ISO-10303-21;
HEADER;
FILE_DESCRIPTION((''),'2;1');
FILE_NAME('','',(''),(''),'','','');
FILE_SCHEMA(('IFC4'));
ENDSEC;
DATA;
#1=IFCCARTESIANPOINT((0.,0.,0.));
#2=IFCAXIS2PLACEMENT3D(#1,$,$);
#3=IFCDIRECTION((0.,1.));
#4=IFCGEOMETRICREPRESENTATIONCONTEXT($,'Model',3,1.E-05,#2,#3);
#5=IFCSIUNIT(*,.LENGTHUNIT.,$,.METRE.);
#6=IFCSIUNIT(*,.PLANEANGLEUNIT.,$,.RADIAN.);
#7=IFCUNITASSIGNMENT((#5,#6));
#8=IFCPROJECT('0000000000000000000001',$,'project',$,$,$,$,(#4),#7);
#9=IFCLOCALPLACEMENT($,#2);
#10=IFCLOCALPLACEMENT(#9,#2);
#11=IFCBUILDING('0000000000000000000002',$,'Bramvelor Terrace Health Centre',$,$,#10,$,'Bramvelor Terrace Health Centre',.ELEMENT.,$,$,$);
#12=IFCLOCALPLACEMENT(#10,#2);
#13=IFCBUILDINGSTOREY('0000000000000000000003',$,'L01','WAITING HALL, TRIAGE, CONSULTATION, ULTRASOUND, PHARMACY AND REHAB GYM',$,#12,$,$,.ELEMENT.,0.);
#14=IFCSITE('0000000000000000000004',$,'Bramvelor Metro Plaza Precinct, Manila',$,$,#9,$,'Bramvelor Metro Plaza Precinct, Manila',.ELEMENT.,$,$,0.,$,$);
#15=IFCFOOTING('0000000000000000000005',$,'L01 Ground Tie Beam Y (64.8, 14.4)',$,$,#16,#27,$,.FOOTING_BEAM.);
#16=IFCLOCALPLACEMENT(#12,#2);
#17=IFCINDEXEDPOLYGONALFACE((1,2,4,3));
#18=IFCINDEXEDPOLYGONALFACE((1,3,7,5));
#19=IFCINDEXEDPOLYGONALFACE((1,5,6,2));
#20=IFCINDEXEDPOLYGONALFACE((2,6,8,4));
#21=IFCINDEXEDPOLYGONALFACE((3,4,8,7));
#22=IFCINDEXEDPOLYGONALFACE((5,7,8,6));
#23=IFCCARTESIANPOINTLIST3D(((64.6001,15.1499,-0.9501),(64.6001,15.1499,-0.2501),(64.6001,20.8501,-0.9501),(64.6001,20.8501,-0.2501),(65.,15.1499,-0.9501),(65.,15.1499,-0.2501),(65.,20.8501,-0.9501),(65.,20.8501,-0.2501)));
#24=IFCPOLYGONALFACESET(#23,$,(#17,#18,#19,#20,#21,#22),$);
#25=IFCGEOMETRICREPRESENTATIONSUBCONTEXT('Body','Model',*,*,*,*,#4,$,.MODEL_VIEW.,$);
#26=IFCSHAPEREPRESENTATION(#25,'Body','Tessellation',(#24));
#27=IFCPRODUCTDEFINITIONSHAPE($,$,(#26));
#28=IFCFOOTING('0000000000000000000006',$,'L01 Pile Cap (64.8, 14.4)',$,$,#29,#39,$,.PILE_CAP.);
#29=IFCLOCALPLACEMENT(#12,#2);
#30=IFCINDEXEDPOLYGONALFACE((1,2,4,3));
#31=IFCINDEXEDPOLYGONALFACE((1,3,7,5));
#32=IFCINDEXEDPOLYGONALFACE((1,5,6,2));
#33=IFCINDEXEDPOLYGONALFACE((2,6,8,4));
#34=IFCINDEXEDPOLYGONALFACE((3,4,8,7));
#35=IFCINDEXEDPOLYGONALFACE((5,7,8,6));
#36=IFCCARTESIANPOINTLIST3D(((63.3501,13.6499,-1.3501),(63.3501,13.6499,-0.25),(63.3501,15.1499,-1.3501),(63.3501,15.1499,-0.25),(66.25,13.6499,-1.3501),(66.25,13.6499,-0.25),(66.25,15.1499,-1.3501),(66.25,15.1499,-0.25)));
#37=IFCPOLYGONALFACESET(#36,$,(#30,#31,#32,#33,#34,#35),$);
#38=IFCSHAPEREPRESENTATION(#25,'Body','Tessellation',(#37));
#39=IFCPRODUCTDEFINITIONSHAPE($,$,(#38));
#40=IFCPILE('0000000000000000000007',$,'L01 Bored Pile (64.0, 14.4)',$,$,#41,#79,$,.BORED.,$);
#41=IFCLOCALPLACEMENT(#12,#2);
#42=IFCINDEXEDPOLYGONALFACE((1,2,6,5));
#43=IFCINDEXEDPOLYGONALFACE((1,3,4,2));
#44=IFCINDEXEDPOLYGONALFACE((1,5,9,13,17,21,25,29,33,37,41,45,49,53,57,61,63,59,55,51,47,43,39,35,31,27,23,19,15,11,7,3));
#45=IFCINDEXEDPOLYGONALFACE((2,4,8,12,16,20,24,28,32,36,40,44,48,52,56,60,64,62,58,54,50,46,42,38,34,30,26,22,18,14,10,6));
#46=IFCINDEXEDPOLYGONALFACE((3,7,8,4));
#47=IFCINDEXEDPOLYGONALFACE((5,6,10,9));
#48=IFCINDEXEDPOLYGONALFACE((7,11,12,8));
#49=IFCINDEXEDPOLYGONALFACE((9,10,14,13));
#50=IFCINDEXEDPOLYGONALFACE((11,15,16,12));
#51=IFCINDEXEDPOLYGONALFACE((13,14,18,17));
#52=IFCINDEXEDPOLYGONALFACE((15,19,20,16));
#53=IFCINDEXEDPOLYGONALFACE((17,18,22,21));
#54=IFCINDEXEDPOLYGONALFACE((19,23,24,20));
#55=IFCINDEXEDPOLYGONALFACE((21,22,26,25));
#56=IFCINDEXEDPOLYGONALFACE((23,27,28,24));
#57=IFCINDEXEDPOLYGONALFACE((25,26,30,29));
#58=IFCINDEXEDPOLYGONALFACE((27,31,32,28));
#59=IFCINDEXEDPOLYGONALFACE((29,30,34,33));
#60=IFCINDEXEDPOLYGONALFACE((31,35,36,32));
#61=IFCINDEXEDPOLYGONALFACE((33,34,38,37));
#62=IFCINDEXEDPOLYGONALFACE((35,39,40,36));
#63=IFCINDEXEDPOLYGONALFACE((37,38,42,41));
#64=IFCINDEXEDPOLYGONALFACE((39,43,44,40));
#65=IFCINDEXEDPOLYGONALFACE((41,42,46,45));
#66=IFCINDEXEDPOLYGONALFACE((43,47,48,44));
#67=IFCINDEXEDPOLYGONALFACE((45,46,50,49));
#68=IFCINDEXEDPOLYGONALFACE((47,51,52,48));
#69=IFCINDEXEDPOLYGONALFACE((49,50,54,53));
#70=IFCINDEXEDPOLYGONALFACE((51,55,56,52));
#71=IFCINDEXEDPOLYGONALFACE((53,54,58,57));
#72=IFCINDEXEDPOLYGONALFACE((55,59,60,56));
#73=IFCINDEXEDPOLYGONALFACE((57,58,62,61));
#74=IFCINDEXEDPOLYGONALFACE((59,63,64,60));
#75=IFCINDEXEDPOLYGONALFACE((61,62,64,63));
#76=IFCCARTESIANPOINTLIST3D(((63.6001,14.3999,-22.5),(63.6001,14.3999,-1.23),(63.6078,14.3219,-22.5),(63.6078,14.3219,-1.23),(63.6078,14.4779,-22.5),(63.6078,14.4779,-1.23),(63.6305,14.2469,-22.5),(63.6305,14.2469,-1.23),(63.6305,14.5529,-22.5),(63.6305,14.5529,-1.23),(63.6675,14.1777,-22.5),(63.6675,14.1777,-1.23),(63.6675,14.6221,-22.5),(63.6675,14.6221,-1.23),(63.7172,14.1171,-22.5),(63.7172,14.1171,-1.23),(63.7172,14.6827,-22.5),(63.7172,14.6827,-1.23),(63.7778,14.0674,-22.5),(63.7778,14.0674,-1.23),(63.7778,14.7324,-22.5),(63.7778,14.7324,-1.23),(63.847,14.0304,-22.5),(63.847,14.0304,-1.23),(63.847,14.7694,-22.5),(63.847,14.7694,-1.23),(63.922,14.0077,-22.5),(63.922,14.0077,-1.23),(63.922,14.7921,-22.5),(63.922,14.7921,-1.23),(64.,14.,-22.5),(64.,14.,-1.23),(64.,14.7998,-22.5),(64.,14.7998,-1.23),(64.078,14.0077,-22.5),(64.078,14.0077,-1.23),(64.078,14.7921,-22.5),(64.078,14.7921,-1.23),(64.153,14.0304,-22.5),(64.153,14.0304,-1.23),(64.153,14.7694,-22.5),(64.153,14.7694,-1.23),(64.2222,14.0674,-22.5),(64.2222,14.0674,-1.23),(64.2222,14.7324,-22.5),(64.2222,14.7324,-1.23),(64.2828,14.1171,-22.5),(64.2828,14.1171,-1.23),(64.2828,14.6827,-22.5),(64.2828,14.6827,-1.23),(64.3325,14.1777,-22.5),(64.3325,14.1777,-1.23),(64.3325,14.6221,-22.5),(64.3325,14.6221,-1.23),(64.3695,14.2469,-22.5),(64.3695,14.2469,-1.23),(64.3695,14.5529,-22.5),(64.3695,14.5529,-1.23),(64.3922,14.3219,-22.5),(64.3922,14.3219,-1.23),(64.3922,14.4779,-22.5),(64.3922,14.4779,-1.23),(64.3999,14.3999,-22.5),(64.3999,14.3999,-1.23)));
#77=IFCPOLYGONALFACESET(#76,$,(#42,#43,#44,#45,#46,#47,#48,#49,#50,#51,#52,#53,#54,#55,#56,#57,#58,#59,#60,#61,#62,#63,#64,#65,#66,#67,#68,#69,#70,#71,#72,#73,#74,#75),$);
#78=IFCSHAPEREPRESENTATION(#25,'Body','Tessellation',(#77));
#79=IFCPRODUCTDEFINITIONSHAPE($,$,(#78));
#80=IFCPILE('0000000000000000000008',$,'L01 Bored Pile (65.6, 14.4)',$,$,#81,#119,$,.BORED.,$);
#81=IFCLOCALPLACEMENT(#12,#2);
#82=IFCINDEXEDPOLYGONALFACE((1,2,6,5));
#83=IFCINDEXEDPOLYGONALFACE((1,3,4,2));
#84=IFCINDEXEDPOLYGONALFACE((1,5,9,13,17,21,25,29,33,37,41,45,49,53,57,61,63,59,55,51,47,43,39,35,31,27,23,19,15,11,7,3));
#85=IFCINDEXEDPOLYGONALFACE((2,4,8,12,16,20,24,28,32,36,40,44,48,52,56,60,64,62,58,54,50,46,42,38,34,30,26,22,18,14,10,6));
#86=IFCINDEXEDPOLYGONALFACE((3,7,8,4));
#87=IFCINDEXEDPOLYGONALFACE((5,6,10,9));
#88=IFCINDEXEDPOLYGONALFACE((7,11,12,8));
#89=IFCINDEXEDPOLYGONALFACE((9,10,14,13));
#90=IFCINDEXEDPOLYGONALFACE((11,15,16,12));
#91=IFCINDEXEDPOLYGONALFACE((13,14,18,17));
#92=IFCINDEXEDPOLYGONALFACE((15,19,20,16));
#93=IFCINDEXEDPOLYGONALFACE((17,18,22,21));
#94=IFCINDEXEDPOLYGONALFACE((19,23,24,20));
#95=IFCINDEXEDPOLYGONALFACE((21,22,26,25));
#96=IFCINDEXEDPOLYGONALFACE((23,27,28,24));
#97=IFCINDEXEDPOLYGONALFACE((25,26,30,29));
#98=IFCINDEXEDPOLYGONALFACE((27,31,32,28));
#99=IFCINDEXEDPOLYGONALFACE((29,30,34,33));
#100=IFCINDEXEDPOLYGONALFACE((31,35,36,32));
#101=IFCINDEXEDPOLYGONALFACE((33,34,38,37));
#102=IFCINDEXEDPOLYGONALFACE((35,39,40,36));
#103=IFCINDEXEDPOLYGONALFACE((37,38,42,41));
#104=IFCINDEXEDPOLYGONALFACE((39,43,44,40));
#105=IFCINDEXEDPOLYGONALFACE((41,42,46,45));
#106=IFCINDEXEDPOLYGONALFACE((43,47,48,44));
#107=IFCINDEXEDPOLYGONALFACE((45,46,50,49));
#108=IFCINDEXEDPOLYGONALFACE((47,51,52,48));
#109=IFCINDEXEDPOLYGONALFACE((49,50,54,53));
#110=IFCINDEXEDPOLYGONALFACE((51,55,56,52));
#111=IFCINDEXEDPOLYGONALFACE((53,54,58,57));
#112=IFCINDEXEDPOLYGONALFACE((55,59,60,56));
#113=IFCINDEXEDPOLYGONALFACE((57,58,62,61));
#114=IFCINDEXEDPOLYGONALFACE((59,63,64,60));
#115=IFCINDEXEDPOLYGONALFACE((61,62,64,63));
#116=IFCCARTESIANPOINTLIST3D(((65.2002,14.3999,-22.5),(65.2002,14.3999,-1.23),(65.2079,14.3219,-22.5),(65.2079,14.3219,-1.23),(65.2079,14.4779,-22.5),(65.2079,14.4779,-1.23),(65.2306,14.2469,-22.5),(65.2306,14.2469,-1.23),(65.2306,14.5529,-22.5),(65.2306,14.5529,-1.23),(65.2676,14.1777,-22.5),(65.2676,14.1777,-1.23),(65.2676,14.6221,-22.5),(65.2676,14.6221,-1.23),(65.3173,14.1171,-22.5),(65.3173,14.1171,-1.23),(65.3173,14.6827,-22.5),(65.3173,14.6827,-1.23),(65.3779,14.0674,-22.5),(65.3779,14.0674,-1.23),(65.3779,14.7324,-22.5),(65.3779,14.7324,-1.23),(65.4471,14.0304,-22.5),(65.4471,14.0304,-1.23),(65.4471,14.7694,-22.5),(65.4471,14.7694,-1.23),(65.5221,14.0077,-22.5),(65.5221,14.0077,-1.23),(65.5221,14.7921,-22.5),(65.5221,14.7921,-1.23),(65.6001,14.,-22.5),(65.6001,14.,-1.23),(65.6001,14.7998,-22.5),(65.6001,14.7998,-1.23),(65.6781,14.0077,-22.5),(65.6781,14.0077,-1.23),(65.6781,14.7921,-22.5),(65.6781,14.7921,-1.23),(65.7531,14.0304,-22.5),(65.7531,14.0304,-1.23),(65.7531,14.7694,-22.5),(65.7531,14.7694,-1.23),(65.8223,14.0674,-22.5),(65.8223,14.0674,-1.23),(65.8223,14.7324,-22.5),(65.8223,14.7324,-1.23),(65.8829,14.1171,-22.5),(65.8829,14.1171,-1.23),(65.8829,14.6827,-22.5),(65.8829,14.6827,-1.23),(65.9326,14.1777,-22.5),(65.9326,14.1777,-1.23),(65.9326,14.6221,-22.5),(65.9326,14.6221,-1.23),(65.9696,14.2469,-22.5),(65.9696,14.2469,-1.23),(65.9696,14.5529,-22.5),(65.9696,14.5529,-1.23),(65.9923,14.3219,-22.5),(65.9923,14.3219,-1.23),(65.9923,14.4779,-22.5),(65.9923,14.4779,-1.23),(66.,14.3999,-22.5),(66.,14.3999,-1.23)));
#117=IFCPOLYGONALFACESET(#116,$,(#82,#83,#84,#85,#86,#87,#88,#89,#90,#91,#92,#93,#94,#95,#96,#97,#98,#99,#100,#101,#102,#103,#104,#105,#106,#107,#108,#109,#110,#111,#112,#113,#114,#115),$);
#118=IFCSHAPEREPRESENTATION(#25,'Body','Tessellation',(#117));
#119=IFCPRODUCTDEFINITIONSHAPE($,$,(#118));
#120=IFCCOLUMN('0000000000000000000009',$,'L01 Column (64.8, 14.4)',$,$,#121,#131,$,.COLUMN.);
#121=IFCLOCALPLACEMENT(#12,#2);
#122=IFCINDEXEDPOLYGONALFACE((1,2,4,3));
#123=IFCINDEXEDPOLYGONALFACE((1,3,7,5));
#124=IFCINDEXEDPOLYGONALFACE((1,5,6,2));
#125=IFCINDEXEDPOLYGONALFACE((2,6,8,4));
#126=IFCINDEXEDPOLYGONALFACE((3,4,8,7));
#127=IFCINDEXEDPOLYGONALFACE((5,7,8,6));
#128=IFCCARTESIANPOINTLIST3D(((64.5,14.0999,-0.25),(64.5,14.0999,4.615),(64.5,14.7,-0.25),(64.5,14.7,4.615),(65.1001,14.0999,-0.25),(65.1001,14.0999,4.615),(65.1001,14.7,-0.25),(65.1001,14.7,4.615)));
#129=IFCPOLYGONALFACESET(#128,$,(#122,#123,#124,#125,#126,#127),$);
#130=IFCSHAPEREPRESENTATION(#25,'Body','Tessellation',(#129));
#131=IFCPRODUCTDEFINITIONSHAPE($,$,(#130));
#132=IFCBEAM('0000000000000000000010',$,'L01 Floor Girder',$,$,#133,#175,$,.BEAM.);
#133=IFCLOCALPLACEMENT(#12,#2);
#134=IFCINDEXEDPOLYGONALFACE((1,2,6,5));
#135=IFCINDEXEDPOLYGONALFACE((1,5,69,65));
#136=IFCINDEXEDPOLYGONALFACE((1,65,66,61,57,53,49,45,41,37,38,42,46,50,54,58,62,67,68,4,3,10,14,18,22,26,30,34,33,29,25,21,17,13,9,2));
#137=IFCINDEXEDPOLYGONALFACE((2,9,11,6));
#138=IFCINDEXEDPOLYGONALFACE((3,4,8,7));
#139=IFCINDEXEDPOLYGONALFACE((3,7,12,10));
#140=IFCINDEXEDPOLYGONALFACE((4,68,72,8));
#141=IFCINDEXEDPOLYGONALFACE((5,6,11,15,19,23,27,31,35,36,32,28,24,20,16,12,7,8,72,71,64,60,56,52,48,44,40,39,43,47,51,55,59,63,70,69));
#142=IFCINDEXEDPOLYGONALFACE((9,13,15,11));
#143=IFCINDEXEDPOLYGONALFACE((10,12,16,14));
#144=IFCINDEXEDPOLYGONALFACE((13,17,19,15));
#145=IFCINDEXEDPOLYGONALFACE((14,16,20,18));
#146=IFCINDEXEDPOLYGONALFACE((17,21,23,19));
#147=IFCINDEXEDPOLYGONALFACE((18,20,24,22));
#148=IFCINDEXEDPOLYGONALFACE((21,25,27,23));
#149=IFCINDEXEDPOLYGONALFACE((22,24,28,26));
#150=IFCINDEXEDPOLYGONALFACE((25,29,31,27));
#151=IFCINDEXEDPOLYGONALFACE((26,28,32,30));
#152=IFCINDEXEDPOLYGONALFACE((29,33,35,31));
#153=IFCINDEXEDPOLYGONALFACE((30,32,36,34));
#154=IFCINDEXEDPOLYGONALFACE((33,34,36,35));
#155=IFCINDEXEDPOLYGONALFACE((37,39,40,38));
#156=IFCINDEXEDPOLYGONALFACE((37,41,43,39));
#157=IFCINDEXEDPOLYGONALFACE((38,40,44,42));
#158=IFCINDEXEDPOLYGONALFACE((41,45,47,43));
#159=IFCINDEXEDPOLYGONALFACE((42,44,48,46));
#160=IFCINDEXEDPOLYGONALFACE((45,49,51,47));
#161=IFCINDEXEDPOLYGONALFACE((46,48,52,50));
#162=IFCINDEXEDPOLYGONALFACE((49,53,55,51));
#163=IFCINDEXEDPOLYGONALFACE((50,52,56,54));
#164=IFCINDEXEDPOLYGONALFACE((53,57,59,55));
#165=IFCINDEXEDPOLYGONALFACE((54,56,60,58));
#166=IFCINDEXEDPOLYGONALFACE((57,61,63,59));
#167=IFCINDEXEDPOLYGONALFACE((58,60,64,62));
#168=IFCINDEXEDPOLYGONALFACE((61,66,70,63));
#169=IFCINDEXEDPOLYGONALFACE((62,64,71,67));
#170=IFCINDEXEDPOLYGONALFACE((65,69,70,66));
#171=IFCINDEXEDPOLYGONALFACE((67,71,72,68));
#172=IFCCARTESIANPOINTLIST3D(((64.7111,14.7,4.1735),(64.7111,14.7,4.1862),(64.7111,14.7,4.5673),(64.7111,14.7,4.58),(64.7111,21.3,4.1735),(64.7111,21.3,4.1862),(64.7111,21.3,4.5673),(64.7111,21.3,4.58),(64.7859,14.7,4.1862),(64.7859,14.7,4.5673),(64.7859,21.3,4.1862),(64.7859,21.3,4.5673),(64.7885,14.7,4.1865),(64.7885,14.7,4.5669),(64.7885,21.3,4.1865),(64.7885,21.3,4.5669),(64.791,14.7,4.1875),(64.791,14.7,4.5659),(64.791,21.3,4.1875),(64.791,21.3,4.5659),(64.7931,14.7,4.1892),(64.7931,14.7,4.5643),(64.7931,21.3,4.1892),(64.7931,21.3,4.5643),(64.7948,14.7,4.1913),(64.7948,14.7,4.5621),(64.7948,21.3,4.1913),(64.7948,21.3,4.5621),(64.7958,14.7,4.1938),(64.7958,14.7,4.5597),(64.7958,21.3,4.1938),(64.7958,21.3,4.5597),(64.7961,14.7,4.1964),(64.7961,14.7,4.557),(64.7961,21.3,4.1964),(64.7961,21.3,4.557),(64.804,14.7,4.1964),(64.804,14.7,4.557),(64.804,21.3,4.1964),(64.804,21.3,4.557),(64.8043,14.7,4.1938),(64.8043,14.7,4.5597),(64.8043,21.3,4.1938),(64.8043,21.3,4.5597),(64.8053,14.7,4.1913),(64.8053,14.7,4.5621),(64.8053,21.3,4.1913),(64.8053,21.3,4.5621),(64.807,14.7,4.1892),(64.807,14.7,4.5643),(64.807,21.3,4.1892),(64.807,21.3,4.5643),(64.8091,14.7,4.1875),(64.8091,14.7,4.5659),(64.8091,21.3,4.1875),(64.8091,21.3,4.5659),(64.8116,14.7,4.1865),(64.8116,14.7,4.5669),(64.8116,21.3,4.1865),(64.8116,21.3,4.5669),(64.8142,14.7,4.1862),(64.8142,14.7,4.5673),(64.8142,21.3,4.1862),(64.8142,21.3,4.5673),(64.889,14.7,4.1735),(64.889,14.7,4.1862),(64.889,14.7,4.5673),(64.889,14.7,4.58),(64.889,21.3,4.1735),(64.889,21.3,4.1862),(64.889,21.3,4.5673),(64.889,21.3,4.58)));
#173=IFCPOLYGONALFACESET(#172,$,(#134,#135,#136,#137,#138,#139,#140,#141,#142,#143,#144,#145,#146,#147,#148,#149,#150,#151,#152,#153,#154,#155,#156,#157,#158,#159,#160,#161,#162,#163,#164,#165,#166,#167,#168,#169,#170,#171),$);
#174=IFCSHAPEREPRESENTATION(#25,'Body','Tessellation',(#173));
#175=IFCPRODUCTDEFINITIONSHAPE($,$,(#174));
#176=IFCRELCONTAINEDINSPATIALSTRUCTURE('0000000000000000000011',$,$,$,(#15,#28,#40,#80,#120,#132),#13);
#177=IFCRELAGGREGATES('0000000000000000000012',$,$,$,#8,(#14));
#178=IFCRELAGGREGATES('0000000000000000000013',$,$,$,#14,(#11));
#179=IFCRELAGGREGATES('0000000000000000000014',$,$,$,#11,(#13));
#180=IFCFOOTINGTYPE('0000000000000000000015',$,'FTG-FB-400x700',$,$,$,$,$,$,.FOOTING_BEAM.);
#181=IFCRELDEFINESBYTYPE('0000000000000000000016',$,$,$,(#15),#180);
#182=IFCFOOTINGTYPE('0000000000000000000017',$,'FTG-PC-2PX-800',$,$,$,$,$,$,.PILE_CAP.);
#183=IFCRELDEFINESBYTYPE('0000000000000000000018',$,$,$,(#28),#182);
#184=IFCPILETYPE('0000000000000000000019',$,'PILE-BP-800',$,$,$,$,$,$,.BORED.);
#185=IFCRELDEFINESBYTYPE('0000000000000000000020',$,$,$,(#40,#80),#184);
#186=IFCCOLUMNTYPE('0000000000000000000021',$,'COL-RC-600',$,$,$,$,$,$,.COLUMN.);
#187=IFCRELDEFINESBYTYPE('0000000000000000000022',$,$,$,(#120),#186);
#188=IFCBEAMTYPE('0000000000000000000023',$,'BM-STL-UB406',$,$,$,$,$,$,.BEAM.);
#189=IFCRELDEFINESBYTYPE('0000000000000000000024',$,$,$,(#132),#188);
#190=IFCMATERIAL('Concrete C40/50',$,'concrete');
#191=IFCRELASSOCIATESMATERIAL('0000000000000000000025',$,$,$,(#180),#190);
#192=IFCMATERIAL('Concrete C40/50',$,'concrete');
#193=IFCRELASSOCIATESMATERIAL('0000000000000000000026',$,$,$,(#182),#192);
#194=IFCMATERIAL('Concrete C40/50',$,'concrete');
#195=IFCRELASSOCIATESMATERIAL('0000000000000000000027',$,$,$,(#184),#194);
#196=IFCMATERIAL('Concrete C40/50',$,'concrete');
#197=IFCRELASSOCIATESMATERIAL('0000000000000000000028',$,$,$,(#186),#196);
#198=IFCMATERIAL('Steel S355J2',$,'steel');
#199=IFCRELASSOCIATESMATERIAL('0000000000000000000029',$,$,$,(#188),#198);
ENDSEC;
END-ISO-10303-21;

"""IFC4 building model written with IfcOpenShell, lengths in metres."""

from ifc_helpers import new_model, si_unit, direction, frame, origin, origin_2d, place, context, subcontext, project, spatial, rectangle, circle, i_section, extrude, material, material_profile, profile_set, type_object, element, save


model = new_model("IFC4")

# Units and contexts
model_context = context("Model", 3, precision=1e-05, world=origin(), true_north=direction((0.0, 1.0)))
body_context = subcontext(model_context, "Body", "Model", "MODEL_VIEW")
ifc_project = project(units=[si_unit("LENGTHUNIT", "METRE"), si_unit("PLANEANGLEUNIT", "RADIAN")], contexts=[model_context])

# Site, building, storey
site_placement = place(None, origin())
site = spatial("IfcSite", under=ifc_project, at=site_placement, Name="Bramvelor Metro Plaza Precinct, Manila", LongName="Bramvelor Metro Plaza Precinct, Manila", CompositionType="ELEMENT", RefElevation=0.0)
building_placement = place(site_placement, origin())
building = spatial("IfcBuilding", under=site, at=building_placement, Name="Bramvelor Terrace Health Centre", LongName="Bramvelor Terrace Health Centre", CompositionType="ELEMENT")
storey_placement = place(building_placement, origin())
storey = spatial("IfcBuildingStorey", under=building, at=storey_placement, Name="L01", Description="WAITING HALL, TRIAGE, CONSULTATION, ULTRASOUND, PHARMACY AND REHAB GYM", CompositionType="ELEMENT", Elevation=0.0)

# Footings
ifc_material_1 = material(Name="Concrete C40/50", Category="concrete")
ifc_material_profile_1 = material_profile(ifc_material_1, rectangle(XDim=0.3999, YDim=0.7, at=origin_2d()), Name="RC 400x700")
ifc_profile_set_1 = profile_set([ifc_material_profile_1], Name="Concrete C40/50")
footing_type_1 = type_object("IfcFootingType", Name="FTG-FB-400x700", PredefinedType="FOOTING_BEAM", material=ifc_profile_set_1)
footing_1_placement = place(storey_placement, frame((64.8, 15.1499, -0.6001), z_axis=(0.0, 1.0, 0.0), x_axis=(-1.0, 0.0, 0.0)))
element("IfcFooting", 1, at=footing_1_placement, inside=storey, type_object=footing_type_1, Name="L01 Ground Tie Beam Y (64.8, 14.4)", PredefinedType="FOOTING_BEAM", context=body_context, shape_type="SweptSolid", body=[
    extrude(rectangle(XDim=0.3999, YDim=0.7, at=origin_2d()), origin(), (0.0, 0.0, 1.0), 5.7002),
])
ifc_material_2 = material(Name="Concrete C40/50", Category="concrete")
footing_type_2 = type_object("IfcFootingType", Name="FTG-PC-2PX-800", PredefinedType="PILE_CAP", material=ifc_material_2)
footing_2_placement = place(storey_placement, frame((64.8, 14.3999, -1.3501), z_axis=(0.0, 0.0, 1.0), x_axis=(1.0, 0.0, 0.0)))
element("IfcFooting", 2, at=footing_2_placement, inside=storey, type_object=footing_type_2, Name="L01 Pile Cap (64.8, 14.4)", PredefinedType="PILE_CAP", context=body_context, shape_type="SweptSolid", body=[
    extrude(rectangle(XDim=2.8999, YDim=1.5, at=origin_2d()), origin(), (0.0, 0.0, 1.0), 1.1001),
])

# Piles
ifc_material_3 = material(Name="Concrete C40/50", Category="concrete")
ifc_material_profile_2 = material_profile(ifc_material_3, circle(Radius=0.3999, at=origin_2d()), Name="BP D800")
ifc_profile_set_2 = profile_set([ifc_material_profile_2], Name="Concrete C40/50")
pile_type = type_object("IfcPileType", Name="PILE-BP-800", PredefinedType="BORED", material=ifc_profile_set_2)
for number, where, z_axis, x_axis, name in (
    (3, (64.0, 14.3999, -1.23), (0.0, 0.0, -1.0), (1.0, 0.0, 0.0), "L01 Bored Pile (64.0, 14.4)"),
    (4, (65.6001, 14.3999, -1.23), (0.0, 0.0, -1.0), (1.0, 0.0, 0.0), "L01 Bored Pile (65.6, 14.4)"),
):
    element("IfcPile", number, at=place(storey_placement, frame(where, z_axis=z_axis, x_axis=x_axis)), inside=storey, type_object=pile_type, Name=name, PredefinedType="BORED", context=body_context, shape_type="SweptSolid", body=[
        extrude(circle(Radius=0.3999, at=origin_2d()), origin(), (0.0, 0.0, 1.0), 21.27),
    ])

# Column
ifc_material_4 = material(Name="Concrete C40/50", Category="concrete")
ifc_material_profile_3 = material_profile(ifc_material_4, rectangle(XDim=0.6001, YDim=0.6001, at=origin_2d()), Name="RC 600x600")
ifc_profile_set_3 = profile_set([ifc_material_profile_3], Name="Concrete C40/50")
column_type = type_object("IfcColumnType", Name="COL-RC-600", PredefinedType="COLUMN", material=ifc_profile_set_3)
column_placement = place(storey_placement, frame((64.8, 14.3999, -0.25), z_axis=(0.0, 0.0, 1.0), x_axis=(1.0, 0.0, 0.0)))
element("IfcColumn", 5, at=column_placement, inside=storey, type_object=column_type, Name="L01 Column (64.8, 14.4)", PredefinedType="COLUMN", context=body_context, shape_type="SweptSolid", body=[
    extrude(rectangle(XDim=0.6001, YDim=0.6001, at=origin_2d()), origin(), (0.0, 0.0, 1.0), 4.865),
])

# Beam
ifc_material_5 = material(Name="Steel S355J2", Category="steel")
ifc_material_profile_4 = material_profile(ifc_material_5, i_section(OverallWidth=0.178, OverallDepth=0.4065, WebThickness=0.0078, FlangeThickness=0.0127, FilletRadius=0.0103, at=origin_2d()), Name="UB 406x178x60")
ifc_profile_set_4 = profile_set([ifc_material_profile_4], Name="Steel S355J2")
beam_type = type_object("IfcBeamType", Name="BM-STL-UB406", PredefinedType="BEAM", material=ifc_profile_set_4)
beam_placement = place(storey_placement, frame((64.8, 14.7, 4.3767), z_axis=(0.0, 1.0, 0.0), x_axis=(-1.0, 0.0, 0.0)))
element("IfcBeam", 6, at=beam_placement, inside=storey, type_object=beam_type, Name="L01 Floor Girder", PredefinedType="BEAM", context=body_context, shape_type="SweptSolid", body=[
    extrude(i_section(OverallWidth=0.178, OverallDepth=0.4065, WebThickness=0.0078, FlangeThickness=0.0127, FilletRadius=0.0103, at=origin_2d()), origin(), (0.0, 0.0, 1.0), 6.6001),
])

save(model, "model.ifc")
